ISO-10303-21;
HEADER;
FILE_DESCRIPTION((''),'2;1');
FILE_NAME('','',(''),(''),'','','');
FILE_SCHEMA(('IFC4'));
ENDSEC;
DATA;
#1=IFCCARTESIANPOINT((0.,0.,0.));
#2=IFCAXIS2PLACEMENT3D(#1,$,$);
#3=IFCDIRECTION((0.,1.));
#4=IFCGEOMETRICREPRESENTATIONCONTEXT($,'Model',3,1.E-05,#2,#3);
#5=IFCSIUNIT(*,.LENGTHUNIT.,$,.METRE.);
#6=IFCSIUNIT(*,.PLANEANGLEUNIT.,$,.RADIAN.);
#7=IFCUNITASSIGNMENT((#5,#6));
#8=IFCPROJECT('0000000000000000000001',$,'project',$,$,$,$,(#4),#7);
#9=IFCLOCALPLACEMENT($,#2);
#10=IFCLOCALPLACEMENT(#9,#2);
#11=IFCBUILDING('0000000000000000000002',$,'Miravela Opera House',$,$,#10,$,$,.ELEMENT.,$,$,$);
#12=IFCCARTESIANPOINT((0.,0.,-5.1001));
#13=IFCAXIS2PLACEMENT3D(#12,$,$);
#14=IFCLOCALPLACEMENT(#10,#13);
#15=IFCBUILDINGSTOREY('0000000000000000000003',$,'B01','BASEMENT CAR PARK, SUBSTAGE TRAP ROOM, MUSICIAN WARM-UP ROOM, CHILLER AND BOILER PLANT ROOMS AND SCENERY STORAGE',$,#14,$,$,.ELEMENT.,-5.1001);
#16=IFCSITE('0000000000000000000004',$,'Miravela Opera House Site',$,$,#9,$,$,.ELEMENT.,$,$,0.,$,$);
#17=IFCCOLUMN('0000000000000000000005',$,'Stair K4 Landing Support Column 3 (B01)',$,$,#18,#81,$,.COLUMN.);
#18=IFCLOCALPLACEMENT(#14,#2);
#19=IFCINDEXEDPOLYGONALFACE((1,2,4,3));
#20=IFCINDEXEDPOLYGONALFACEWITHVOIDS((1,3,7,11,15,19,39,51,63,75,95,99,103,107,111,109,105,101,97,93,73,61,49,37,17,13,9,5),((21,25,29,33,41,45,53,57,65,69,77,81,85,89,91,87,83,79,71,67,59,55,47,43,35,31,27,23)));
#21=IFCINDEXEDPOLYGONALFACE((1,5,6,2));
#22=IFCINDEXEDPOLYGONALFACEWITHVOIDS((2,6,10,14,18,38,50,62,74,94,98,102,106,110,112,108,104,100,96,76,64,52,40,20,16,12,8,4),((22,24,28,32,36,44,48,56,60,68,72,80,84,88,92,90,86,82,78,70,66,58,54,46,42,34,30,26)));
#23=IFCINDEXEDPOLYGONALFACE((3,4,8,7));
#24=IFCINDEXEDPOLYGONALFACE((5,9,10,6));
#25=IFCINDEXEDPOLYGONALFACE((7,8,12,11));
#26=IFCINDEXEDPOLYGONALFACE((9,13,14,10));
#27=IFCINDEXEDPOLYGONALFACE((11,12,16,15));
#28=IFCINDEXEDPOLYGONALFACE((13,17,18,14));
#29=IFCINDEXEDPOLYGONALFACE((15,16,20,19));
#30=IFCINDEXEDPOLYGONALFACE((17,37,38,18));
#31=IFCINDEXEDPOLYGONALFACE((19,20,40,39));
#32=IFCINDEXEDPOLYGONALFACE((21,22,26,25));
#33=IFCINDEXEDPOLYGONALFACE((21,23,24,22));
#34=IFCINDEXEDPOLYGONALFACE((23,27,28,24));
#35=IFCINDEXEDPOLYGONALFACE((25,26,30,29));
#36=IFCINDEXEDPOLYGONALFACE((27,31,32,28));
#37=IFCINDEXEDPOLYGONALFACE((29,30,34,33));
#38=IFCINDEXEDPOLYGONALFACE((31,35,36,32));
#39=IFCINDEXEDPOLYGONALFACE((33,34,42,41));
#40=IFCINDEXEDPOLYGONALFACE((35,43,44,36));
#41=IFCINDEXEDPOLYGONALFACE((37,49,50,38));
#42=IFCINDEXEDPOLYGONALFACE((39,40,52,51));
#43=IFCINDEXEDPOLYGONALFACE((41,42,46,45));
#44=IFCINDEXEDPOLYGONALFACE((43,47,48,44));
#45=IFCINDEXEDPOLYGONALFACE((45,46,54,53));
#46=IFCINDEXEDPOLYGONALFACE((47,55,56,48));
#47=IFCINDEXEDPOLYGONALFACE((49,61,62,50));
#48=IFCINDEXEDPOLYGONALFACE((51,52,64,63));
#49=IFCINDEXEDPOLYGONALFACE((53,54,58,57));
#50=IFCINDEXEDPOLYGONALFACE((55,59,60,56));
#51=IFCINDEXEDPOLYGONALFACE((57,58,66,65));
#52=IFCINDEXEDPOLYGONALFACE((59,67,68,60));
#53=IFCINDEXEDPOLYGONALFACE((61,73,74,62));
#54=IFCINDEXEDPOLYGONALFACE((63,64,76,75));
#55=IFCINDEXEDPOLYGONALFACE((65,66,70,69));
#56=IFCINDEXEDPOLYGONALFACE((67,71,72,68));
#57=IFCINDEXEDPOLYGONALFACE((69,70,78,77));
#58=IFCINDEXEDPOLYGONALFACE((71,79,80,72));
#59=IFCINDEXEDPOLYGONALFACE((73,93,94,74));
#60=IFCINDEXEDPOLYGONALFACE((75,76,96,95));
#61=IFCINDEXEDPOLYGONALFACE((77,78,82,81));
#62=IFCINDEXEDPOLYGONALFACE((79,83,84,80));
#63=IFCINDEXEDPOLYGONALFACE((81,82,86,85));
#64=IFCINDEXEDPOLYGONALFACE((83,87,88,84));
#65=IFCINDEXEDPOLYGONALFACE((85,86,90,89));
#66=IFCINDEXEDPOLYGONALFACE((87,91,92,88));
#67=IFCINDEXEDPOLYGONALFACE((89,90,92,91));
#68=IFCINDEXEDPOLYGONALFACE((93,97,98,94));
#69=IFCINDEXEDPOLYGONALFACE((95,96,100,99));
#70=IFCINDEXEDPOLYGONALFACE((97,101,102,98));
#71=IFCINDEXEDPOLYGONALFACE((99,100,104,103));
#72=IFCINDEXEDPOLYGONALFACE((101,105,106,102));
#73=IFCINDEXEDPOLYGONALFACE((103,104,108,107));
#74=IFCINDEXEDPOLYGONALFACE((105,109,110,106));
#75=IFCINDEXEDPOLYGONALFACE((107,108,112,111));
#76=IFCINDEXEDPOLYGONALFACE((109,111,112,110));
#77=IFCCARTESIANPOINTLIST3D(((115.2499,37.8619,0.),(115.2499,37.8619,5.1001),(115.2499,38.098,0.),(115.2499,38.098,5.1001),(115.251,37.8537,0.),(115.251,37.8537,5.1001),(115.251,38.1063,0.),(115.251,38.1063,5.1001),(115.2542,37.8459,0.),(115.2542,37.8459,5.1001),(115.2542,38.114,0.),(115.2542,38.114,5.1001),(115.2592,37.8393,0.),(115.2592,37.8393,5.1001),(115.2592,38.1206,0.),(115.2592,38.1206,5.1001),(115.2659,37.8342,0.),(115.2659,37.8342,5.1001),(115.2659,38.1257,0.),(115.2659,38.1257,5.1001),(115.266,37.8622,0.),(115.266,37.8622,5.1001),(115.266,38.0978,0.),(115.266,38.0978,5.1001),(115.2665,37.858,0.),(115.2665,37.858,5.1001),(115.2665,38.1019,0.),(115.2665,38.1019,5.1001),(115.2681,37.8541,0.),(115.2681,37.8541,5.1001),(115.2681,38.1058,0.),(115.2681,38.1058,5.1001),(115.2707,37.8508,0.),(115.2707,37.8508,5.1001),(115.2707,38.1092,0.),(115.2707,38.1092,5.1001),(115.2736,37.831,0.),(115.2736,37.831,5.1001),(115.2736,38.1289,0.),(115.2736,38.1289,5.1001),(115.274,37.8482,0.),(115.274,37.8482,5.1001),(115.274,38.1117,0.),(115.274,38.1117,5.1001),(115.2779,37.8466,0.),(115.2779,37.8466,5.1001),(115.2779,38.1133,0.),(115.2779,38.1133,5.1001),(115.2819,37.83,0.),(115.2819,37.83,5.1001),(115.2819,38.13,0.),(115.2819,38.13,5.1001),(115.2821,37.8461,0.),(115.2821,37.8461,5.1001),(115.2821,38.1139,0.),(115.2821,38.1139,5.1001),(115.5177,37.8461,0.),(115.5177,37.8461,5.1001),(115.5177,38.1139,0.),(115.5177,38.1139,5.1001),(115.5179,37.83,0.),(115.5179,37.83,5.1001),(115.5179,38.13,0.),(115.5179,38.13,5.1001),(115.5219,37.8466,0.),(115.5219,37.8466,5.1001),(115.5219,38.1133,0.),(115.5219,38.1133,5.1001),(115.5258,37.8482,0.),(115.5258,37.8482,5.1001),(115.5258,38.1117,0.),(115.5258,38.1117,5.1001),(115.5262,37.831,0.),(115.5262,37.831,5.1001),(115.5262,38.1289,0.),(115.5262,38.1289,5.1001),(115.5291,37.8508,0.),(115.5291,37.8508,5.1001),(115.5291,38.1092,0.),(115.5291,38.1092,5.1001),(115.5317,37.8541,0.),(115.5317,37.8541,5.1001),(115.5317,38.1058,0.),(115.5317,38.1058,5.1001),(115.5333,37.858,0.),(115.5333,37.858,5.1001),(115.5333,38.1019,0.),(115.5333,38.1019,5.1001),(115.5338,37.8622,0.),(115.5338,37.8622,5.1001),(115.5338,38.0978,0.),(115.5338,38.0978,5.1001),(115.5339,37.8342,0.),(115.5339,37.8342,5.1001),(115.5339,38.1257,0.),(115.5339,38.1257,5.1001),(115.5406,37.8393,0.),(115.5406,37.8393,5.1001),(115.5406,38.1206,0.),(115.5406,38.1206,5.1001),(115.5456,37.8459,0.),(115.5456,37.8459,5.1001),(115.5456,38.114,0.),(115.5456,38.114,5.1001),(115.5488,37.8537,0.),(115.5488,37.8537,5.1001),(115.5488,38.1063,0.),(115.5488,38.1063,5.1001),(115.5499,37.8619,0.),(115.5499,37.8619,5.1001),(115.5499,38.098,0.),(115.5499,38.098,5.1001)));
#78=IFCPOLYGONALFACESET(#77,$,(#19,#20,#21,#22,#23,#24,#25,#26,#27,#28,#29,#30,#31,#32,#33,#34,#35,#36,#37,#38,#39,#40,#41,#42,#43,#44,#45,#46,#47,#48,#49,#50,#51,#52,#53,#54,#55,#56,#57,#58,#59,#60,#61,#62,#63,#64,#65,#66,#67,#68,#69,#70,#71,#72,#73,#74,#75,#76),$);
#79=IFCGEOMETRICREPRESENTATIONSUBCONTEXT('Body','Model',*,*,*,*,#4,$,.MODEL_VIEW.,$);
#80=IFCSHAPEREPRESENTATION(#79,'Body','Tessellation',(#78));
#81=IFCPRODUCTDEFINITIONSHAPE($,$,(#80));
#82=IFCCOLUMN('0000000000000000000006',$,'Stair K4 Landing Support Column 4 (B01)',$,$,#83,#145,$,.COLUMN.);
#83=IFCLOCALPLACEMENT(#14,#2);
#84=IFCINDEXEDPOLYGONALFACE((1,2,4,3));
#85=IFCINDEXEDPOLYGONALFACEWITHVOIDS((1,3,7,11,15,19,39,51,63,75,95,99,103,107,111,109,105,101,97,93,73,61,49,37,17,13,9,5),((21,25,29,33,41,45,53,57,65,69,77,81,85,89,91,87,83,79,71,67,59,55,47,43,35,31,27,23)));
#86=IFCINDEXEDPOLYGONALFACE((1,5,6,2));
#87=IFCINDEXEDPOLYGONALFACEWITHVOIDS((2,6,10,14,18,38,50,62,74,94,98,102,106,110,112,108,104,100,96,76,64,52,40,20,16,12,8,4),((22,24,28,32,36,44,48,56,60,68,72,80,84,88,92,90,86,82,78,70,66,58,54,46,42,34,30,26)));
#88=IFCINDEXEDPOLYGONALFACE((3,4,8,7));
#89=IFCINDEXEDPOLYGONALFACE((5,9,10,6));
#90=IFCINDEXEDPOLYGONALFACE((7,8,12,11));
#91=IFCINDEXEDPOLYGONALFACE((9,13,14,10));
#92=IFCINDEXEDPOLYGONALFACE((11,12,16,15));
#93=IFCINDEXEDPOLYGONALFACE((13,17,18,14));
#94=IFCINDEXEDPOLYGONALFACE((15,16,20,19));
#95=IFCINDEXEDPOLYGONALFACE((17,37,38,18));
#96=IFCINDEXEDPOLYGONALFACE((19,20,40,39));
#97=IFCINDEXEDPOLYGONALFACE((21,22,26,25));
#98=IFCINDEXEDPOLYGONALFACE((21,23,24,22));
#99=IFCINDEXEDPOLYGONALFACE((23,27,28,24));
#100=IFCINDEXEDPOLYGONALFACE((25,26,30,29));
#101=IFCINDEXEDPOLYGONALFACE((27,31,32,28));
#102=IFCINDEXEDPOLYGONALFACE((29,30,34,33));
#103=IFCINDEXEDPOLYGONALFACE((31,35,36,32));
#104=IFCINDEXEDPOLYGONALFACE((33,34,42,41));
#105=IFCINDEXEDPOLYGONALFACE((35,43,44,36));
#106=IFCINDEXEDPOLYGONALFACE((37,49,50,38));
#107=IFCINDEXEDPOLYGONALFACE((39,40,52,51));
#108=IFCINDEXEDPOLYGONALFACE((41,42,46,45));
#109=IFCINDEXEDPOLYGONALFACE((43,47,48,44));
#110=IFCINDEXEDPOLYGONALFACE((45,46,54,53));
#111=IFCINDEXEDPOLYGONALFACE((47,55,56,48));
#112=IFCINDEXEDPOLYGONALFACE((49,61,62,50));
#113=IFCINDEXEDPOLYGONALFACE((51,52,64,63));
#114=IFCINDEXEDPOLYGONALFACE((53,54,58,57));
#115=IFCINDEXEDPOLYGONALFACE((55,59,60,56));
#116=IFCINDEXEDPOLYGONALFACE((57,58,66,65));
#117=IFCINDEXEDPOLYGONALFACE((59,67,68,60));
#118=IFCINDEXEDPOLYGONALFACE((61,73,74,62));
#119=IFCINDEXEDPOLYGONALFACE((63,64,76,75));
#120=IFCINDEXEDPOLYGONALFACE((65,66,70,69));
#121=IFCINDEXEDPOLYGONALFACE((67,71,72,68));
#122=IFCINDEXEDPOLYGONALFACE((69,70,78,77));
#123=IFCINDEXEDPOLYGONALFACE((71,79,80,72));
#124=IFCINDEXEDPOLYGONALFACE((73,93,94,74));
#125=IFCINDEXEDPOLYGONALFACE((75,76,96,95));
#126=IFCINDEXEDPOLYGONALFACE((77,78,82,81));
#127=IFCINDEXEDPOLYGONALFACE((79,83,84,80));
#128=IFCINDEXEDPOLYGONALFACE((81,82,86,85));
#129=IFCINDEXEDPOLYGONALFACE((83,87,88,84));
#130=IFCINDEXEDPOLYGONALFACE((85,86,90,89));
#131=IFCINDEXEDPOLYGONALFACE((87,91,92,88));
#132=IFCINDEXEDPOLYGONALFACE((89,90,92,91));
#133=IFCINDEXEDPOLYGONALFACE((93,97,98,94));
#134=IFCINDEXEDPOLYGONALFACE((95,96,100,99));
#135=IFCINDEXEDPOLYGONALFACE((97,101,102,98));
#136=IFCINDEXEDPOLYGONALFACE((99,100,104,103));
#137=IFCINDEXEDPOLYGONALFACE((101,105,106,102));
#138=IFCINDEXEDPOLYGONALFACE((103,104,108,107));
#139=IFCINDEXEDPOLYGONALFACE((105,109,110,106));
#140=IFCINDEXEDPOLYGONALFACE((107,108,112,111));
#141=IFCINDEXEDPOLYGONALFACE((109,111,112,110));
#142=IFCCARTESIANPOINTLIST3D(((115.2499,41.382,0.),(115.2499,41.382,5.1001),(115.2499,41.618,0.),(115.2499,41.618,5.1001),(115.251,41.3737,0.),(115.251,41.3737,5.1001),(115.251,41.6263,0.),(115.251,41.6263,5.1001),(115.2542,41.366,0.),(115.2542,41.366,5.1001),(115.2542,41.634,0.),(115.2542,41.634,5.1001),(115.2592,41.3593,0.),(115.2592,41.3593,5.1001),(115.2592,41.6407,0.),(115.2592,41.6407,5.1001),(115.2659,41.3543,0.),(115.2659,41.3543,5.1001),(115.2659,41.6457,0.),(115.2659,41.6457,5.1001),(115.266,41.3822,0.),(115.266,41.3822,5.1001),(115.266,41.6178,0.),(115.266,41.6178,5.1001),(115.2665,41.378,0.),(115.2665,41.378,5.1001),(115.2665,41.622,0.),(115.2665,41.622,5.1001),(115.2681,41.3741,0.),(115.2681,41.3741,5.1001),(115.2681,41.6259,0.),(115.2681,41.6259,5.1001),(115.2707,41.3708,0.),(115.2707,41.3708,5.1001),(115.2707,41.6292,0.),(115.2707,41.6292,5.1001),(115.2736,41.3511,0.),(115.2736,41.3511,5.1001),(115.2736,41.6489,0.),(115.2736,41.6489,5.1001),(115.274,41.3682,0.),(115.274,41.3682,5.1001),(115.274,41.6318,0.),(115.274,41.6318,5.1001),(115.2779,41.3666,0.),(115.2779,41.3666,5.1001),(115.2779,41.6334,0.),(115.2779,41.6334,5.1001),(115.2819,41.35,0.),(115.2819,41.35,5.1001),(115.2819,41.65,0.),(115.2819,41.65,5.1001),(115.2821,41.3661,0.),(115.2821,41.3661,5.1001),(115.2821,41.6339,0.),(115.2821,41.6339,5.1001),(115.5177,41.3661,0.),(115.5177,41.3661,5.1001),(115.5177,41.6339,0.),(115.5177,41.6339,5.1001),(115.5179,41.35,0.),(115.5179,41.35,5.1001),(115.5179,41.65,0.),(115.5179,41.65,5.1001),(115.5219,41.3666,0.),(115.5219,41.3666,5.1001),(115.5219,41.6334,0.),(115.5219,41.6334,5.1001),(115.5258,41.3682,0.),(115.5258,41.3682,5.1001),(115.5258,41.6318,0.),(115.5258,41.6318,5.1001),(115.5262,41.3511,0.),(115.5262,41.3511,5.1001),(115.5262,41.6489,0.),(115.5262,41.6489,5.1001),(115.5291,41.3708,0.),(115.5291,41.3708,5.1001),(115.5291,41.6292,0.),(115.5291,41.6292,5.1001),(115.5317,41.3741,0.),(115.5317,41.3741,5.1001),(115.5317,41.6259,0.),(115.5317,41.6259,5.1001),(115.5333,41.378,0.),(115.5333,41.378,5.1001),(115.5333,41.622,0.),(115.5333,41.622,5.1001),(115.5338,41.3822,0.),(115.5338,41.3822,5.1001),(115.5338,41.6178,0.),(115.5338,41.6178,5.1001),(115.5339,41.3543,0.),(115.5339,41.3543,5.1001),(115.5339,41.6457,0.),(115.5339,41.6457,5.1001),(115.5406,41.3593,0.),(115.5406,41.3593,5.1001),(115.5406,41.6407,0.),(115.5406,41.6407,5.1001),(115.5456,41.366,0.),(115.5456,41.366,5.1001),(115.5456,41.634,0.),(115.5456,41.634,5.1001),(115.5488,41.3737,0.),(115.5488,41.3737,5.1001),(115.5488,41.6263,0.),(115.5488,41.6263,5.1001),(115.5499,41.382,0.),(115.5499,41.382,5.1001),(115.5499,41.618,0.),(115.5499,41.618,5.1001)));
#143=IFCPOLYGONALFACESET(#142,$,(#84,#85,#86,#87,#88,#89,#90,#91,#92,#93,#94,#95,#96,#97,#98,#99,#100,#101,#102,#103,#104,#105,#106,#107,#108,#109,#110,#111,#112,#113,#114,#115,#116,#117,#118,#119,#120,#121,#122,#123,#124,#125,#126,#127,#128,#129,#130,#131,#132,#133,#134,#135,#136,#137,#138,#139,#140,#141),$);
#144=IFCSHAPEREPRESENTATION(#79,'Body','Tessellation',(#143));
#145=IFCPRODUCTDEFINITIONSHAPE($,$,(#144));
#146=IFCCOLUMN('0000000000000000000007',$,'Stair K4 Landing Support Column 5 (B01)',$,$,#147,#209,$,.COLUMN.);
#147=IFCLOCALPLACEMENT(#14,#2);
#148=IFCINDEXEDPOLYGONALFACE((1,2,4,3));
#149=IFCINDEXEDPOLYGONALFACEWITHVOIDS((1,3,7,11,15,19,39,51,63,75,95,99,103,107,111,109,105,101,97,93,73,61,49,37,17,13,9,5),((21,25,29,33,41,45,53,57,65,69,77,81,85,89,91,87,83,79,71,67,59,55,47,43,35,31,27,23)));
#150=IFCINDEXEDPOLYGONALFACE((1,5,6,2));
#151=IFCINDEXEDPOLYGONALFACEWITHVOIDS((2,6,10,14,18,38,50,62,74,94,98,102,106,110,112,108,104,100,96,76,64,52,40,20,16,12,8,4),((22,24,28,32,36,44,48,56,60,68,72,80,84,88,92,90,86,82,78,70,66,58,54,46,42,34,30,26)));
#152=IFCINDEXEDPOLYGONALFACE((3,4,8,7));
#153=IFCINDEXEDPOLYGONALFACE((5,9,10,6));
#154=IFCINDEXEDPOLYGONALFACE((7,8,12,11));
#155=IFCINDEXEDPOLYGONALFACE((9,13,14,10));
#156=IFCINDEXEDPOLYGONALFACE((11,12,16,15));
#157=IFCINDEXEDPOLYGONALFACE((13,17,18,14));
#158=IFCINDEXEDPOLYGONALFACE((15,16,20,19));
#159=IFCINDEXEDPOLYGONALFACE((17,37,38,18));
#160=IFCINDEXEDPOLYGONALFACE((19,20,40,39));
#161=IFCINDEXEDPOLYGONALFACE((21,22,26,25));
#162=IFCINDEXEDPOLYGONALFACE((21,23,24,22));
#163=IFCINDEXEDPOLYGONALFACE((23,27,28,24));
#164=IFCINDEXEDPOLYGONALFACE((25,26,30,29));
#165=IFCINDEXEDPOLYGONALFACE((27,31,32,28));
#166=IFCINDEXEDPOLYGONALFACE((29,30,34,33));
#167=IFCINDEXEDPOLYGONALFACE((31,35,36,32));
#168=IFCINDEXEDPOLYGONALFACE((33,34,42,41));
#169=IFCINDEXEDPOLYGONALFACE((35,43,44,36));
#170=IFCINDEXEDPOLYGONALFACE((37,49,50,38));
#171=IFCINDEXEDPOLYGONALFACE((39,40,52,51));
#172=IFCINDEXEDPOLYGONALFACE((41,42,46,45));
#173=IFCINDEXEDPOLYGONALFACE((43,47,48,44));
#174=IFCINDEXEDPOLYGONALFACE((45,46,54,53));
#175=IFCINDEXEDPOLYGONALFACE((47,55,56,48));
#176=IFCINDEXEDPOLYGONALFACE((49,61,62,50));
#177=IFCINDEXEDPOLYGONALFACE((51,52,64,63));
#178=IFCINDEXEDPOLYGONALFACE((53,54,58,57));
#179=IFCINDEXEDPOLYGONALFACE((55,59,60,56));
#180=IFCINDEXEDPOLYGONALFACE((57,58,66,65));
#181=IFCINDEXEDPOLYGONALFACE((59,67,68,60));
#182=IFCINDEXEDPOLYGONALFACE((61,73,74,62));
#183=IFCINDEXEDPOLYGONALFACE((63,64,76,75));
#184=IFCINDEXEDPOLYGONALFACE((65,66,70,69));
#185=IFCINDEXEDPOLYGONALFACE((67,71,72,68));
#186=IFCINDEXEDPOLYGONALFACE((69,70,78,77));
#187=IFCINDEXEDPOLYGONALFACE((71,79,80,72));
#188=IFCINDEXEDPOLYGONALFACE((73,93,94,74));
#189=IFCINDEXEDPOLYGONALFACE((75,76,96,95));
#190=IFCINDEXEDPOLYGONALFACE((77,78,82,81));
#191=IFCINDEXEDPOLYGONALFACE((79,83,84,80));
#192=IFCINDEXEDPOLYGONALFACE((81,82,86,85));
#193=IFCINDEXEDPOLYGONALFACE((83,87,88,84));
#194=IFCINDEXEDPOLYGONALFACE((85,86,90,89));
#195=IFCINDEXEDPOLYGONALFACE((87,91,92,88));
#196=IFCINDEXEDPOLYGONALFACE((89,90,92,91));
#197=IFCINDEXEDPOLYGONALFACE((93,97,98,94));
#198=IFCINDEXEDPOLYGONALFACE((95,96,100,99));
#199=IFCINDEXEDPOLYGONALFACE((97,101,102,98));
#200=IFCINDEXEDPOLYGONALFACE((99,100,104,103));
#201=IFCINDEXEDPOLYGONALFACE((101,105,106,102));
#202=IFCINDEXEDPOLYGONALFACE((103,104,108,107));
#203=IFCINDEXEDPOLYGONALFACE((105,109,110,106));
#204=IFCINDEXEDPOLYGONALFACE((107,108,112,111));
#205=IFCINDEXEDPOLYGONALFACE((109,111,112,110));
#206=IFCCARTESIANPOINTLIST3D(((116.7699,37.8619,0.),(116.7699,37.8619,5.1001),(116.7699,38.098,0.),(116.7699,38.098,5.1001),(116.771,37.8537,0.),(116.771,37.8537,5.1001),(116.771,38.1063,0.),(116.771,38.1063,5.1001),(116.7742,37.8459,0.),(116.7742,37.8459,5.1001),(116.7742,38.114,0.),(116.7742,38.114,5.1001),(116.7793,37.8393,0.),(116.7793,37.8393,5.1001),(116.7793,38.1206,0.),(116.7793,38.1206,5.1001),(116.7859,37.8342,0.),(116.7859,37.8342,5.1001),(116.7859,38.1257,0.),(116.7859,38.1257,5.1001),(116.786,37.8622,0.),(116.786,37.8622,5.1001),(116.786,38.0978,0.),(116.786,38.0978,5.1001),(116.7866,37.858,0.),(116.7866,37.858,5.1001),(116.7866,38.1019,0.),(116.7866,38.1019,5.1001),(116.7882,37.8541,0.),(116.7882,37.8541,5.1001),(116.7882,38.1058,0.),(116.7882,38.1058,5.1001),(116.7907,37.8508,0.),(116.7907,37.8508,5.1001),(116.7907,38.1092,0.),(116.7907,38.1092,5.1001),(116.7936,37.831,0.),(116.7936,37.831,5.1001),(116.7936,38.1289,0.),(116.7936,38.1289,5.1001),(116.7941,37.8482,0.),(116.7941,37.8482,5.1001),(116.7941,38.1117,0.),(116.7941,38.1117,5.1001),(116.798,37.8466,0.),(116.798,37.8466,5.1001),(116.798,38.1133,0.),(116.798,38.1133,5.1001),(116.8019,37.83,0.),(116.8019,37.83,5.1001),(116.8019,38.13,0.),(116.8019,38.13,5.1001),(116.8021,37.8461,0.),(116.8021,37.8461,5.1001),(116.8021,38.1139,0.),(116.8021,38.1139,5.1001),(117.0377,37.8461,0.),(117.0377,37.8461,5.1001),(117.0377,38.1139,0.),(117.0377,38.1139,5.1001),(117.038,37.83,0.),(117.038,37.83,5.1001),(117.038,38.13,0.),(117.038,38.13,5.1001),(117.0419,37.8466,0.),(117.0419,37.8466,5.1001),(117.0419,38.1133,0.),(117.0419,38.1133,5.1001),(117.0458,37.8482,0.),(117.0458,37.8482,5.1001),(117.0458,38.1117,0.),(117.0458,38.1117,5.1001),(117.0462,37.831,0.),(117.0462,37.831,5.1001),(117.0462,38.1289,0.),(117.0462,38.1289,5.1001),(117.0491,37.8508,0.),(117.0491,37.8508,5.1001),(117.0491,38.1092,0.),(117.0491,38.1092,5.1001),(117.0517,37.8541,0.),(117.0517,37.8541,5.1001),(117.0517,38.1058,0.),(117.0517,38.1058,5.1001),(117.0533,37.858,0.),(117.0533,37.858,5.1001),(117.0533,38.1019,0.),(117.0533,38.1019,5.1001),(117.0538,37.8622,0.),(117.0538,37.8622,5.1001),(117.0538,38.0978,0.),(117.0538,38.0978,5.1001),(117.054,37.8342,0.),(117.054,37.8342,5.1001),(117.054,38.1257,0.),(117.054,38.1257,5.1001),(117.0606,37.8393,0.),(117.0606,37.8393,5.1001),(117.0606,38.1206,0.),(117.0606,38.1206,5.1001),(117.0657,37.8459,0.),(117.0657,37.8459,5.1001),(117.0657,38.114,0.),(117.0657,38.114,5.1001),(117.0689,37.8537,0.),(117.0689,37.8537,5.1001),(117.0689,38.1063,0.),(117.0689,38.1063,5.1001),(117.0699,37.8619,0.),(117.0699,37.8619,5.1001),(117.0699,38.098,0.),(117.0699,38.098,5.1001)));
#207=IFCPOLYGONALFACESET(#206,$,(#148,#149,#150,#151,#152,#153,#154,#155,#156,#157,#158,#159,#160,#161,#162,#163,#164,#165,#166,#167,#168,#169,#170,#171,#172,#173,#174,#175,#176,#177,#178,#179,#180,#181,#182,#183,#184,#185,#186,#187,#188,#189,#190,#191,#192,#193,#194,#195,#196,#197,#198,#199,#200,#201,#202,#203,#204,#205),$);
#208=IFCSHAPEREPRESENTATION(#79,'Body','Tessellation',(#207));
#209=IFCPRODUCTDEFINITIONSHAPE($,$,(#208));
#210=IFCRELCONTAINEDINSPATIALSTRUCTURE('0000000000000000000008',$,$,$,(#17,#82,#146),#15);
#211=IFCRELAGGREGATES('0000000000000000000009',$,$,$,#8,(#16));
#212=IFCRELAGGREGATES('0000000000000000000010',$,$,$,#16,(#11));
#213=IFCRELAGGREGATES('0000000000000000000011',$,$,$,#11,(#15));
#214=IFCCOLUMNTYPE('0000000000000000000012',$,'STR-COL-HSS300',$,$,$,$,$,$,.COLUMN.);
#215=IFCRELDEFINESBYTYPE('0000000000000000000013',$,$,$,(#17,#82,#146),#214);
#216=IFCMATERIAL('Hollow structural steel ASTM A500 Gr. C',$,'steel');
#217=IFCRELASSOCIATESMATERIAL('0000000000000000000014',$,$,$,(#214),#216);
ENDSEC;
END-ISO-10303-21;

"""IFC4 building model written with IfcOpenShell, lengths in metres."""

from ifc_helpers import new_model, si_unit, direction, frame, origin, origin_2d, place, context, subcontext, project, spatial, hollow_rectangle, extrude, material, material_profile, profile_set, type_object, element, save


model = new_model("IFC4")

# Units and contexts
model_context = context("Model", 3, precision=1e-05, world=origin(), true_north=direction((0.0, 1.0)))
body_context = subcontext(model_context, "Body", "Model", "MODEL_VIEW")
ifc_project = project(units=[si_unit("LENGTHUNIT", "METRE"), si_unit("PLANEANGLEUNIT", "RADIAN")], contexts=[model_context])

# Site, building, storey
site_placement = place(None, origin())
site = spatial("IfcSite", under=ifc_project, at=site_placement, Name="Miravela Opera House Site", CompositionType="ELEMENT", RefElevation=0.0)
building_placement = place(site_placement, origin())
building = spatial("IfcBuilding", under=site, at=building_placement, Name="Miravela Opera House", CompositionType="ELEMENT")
storey_placement = place(building_placement, frame((0.0, 0.0, -5.1001)))
storey = spatial("IfcBuildingStorey", under=building, at=storey_placement, Name="B01", Description="BASEMENT CAR PARK, SUBSTAGE TRAP ROOM, MUSICIAN WARM-UP ROOM, CHILLER AND BOILER PLANT ROOMS AND SCENERY STORAGE", CompositionType="ELEMENT", Elevation=-5.1001)

# Columns
ifc_material_1 = material(Name="Hollow structural steel ASTM A500 Gr. C", Category="steel")
ifc_material_profile_1 = material_profile(ifc_material_1, hollow_rectangle(XDim=0.3, YDim=0.3, WallThickness=0.0161, InnerFilletRadius=0.0161, OuterFilletRadius=0.032, at=origin_2d()), Name="HSS300X300X16")
ifc_profile_set_1 = profile_set([ifc_material_profile_1])
column_type_1 = type_object("IfcColumnType", Name="STR-COL-HSS300", PredefinedType="COLUMN", material=ifc_profile_set_1)
for number, where, z_axis, x_axis, name in (
    (1, (115.3999, 37.98, 0.0), (0.0, 0.0, 1.0), (1.0, 0.0, 0.0), "Stair K4 Landing Support Column 3 (B01)"),
    (2, (115.3999, 41.5, 0.0), (0.0, 0.0, 1.0), (1.0, 0.0, 0.0), "Stair K4 Landing Support Column 4 (B01)"),
    (3, (116.9199, 37.98, 0.0), (0.0, 0.0, 1.0), (1.0, 0.0, 0.0), "Stair K4 Landing Support Column 5 (B01)"),
):
    element("IfcColumn", number, at=place(storey_placement, frame(where, z_axis=z_axis, x_axis=x_axis)), inside=storey, type_object=column_type_1, Name=name, PredefinedType="COLUMN", context=body_context, shape_type="SweptSolid", body=[
        extrude(hollow_rectangle(XDim=0.3, YDim=0.3, WallThickness=0.0161, InnerFilletRadius=0.0161, OuterFilletRadius=0.032, at=origin_2d()), origin(), (0.0, 0.0, 1.0), 5.1001),
    ])

save(model, "model.ifc")
